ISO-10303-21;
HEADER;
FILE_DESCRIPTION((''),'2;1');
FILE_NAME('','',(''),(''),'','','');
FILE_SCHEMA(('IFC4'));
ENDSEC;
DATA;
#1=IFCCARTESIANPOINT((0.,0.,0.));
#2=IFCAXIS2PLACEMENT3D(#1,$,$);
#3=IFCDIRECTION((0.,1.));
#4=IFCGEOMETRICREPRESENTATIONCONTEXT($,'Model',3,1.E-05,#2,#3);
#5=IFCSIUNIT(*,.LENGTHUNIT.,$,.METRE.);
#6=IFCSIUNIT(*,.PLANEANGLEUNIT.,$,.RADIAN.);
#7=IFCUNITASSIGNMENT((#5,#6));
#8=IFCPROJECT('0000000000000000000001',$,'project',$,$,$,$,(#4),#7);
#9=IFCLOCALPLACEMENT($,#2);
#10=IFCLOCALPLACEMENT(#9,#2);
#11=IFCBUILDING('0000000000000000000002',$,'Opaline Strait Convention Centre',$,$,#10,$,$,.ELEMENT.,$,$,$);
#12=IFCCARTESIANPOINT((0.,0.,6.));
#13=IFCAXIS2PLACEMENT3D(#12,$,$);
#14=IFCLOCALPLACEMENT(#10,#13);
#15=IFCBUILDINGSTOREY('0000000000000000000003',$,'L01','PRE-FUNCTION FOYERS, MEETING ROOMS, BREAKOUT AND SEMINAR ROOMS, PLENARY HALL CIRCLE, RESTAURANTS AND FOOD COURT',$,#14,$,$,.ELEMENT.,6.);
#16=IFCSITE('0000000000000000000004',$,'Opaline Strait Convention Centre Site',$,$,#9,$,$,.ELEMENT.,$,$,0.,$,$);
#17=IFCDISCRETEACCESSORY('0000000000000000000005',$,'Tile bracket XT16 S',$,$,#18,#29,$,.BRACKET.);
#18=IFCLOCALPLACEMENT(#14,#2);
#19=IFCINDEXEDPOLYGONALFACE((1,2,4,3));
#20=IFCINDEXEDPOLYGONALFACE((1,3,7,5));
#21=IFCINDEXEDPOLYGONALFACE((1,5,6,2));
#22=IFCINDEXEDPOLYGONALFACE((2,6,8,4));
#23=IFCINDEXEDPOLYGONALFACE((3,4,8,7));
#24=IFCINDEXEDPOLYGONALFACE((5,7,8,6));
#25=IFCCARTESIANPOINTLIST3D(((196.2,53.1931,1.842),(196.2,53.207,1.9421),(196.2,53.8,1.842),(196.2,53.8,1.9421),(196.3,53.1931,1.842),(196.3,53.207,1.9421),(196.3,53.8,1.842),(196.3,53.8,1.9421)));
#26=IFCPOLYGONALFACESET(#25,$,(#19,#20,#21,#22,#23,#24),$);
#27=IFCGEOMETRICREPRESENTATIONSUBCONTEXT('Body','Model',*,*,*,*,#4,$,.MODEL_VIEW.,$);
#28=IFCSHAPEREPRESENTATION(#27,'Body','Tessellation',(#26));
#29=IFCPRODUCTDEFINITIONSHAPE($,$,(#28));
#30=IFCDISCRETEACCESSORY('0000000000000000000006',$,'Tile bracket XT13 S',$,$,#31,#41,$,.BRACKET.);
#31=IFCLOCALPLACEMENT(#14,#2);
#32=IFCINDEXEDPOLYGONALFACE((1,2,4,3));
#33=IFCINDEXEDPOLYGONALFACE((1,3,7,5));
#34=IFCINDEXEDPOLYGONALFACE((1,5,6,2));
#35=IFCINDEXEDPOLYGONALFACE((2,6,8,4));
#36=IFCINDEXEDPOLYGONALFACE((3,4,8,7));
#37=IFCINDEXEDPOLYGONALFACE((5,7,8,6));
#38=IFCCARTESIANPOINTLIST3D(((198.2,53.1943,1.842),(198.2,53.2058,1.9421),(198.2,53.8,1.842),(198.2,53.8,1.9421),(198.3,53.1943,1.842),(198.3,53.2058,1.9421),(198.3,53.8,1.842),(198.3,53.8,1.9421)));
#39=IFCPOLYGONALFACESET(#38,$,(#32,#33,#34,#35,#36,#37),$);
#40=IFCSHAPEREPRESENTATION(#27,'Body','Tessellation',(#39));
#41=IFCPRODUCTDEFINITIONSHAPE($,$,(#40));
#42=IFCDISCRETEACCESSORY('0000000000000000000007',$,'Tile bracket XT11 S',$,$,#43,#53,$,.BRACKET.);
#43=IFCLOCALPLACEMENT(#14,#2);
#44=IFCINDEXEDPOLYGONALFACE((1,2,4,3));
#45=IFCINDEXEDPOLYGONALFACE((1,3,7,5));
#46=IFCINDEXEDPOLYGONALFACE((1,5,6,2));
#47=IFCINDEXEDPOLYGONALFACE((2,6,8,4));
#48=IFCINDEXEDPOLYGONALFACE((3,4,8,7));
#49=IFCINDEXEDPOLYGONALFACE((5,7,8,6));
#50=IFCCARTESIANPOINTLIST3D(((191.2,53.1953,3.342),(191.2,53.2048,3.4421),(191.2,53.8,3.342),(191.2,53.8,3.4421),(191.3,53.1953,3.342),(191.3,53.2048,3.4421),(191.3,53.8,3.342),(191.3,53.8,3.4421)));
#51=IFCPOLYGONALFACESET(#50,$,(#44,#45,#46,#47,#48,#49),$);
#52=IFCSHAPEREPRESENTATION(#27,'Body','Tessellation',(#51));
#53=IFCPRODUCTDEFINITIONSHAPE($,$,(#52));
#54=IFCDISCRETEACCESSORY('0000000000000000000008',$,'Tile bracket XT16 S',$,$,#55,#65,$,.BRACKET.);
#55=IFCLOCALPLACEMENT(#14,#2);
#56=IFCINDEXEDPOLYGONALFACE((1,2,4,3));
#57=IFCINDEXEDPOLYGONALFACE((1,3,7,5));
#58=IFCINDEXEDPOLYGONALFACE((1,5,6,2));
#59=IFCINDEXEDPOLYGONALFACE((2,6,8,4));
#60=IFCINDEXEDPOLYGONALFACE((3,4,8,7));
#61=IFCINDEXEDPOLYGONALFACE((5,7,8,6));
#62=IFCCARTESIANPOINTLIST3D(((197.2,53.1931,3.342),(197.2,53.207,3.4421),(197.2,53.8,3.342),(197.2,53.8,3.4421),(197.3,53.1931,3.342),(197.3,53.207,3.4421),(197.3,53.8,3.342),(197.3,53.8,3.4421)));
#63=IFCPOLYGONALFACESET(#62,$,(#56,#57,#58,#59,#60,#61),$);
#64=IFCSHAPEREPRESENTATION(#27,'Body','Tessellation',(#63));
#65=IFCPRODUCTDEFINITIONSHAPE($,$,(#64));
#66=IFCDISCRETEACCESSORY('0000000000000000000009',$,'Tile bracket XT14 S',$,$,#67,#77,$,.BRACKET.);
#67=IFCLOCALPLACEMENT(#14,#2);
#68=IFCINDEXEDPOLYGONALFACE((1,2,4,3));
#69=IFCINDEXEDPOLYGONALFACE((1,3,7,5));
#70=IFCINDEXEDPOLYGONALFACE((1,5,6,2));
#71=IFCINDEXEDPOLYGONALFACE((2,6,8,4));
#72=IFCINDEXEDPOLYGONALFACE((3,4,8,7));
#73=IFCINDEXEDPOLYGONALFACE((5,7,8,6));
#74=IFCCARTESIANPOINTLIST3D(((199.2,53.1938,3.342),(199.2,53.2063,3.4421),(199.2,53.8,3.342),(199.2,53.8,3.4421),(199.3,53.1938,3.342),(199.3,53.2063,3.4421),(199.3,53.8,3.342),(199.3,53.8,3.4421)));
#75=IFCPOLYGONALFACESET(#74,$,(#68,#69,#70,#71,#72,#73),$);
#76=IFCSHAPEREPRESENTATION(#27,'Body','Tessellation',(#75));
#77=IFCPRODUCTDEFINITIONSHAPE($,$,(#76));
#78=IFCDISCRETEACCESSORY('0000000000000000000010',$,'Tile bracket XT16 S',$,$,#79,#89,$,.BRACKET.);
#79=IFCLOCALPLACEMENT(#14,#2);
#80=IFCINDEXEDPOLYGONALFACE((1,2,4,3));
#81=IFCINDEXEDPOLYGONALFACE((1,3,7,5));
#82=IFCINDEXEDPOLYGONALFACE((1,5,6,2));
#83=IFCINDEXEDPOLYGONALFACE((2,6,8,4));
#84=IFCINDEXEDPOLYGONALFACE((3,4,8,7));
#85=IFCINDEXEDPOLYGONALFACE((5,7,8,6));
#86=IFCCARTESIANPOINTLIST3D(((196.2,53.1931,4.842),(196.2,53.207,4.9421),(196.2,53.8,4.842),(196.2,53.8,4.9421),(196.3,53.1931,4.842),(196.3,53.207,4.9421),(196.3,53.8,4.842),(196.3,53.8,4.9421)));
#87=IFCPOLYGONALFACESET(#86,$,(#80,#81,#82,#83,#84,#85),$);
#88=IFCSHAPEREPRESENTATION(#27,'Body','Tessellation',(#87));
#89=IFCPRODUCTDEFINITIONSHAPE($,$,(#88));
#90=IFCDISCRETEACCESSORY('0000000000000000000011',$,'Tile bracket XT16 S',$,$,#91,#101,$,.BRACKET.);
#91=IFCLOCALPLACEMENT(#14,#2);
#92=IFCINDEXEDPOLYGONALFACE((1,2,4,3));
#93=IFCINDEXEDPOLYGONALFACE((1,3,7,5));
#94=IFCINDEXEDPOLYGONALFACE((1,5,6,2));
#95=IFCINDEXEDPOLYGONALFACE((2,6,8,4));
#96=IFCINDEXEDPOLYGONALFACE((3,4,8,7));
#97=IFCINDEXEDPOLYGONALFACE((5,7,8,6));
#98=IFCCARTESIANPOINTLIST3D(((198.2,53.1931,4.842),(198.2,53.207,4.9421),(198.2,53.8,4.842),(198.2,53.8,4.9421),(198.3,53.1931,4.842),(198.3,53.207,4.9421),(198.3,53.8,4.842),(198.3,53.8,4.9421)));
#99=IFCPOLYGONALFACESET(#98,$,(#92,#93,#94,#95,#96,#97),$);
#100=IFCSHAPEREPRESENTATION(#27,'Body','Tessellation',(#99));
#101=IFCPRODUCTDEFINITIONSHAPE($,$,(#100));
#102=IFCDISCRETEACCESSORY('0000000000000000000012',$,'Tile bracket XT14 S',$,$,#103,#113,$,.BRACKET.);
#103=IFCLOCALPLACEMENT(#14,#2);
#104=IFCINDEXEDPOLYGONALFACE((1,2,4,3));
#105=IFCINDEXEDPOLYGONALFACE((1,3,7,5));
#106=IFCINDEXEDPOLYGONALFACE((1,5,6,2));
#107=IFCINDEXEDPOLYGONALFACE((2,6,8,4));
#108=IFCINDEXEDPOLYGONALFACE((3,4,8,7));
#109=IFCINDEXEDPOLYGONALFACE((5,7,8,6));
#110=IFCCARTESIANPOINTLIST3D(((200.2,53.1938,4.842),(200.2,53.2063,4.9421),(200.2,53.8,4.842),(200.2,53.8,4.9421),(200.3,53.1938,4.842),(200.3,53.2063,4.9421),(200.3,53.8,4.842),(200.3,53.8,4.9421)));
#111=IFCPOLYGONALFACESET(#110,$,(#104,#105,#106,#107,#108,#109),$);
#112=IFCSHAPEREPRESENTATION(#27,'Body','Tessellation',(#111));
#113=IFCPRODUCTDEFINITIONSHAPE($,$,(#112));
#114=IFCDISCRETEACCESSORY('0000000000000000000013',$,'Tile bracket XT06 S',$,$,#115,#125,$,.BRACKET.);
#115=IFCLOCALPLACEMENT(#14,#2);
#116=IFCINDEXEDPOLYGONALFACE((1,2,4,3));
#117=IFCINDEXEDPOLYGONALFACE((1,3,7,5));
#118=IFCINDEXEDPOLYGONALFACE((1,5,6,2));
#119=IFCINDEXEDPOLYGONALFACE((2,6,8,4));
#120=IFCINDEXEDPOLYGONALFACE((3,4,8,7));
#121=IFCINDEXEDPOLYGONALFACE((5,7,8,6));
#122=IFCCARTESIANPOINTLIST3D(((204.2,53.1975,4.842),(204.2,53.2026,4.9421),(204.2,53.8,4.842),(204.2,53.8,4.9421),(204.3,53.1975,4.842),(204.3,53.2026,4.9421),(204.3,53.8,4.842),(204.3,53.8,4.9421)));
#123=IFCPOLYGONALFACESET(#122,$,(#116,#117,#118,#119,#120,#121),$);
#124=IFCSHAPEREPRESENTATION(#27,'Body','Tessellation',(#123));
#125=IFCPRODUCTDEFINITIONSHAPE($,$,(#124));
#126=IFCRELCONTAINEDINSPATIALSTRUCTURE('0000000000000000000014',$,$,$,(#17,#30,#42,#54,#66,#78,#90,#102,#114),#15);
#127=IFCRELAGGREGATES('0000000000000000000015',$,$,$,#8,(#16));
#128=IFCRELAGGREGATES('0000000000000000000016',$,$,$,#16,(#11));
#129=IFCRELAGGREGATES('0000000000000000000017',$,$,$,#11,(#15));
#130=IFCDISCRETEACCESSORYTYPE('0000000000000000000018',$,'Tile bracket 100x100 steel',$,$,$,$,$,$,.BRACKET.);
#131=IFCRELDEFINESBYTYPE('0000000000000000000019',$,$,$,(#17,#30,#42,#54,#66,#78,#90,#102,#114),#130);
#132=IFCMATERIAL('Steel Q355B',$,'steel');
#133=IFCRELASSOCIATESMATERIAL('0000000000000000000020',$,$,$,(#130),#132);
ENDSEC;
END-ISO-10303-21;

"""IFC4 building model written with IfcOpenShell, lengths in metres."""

from ifc_helpers import new_model, si_unit, direction, frame, origin, place, context, subcontext, project, spatial, polyline, outline, extrude, material, type_object, element, save


model = new_model("IFC4")

# Units and contexts
model_context = context("Model", 3, precision=1e-05, world=origin(), true_north=direction((0.0, 1.0)))
body_context = subcontext(model_context, "Body", "Model", "MODEL_VIEW")
ifc_project = project(units=[si_unit("LENGTHUNIT", "METRE"), si_unit("PLANEANGLEUNIT", "RADIAN")], contexts=[model_context])

# Site, building, storey
site_placement = place(None, origin())
site = spatial("IfcSite", under=ifc_project, at=site_placement, Name="Opaline Strait Convention Centre Site", CompositionType="ELEMENT", RefElevation=0.0)
building_placement = place(site_placement, origin())
building = spatial("IfcBuilding", under=site, at=building_placement, Name="Opaline Strait Convention Centre", CompositionType="ELEMENT")
storey_placement = place(building_placement, frame((0.0, 0.0, 6.0)))
storey = spatial("IfcBuildingStorey", under=building, at=storey_placement, Name="L01", Description="PRE-FUNCTION FOYERS, MEETING ROOMS, BREAKOUT AND SEMINAR ROOMS, PLENARY HALL CIRCLE, RESTAURANTS AND FOOD COURT", CompositionType="ELEMENT", Elevation=6.0)

# Shared definitions
ifc_material_1 = material(Name="Steel Q355B", Category="steel")

# Discrete accessories
discrete_accessory_type = type_object("IfcDiscreteAccessoryType", Name="Tile bracket 100x100 steel", PredefinedType="BRACKET", material=ifc_material_1)
discrete_accessory_1_placement = place(storey_placement, frame((196.2, 53.8, 1.8921), z_axis=(1.0, 0.0, 0.0), x_axis=(0.0, 1.0, 0.0)))
element("IfcDiscreteAccessory", 1, at=discrete_accessory_1_placement, inside=storey, type_object=discrete_accessory_type, Name="Tile bracket XT16 S", PredefinedType="BRACKET", context=body_context, shape_type="SweptSolid", body=[
    extrude(outline(polyline([(0.0, -0.05), (0.0, 0.05), (-0.593, 0.05), (-0.6069, -0.05), (0.0, -0.05)])), origin(), (0.0, 0.0, 1.0), 0.1001),
])
discrete_accessory_2_placement = place(storey_placement, frame((198.2, 53.8, 1.8921), z_axis=(1.0, 0.0, 0.0), x_axis=(0.0, 1.0, 0.0)))
element("IfcDiscreteAccessory", 2, at=discrete_accessory_2_placement, inside=storey, type_object=discrete_accessory_type, Name="Tile bracket XT13 S", PredefinedType="BRACKET", context=body_context, shape_type="SweptSolid", body=[
    extrude(outline(polyline([(0.0, -0.05), (0.0, 0.05), (-0.5942, 0.05), (-0.6057, -0.05), (0.0, -0.05)])), origin(), (0.0, 0.0, 1.0), 0.1001),
])
discrete_accessory_3_placement = place(storey_placement, frame((191.2, 53.8, 3.3921), z_axis=(1.0, 0.0, 0.0), x_axis=(0.0, 1.0, 0.0)))
element("IfcDiscreteAccessory", 3, at=discrete_accessory_3_placement, inside=storey, type_object=discrete_accessory_type, Name="Tile bracket XT11 S", PredefinedType="BRACKET", context=body_context, shape_type="SweptSolid", body=[
    extrude(outline(polyline([(0.0, -0.05), (0.0, 0.05), (-0.5952, 0.05), (-0.6047, -0.05), (0.0, -0.05)])), origin(), (0.0, 0.0, 1.0), 0.1001),
])
discrete_accessory_4_placement = place(storey_placement, frame((197.2, 53.8, 3.3921), z_axis=(1.0, 0.0, 0.0), x_axis=(0.0, 1.0, 0.0)))
element("IfcDiscreteAccessory", 4, at=discrete_accessory_4_placement, inside=storey, type_object=discrete_accessory_type, Name="Tile bracket XT16 S", PredefinedType="BRACKET", context=body_context, shape_type="SweptSolid", body=[
    extrude(outline(polyline([(0.0, -0.05), (0.0, 0.05), (-0.593, 0.05), (-0.6069, -0.05), (0.0, -0.05)])), origin(), (0.0, 0.0, 1.0), 0.1001),
])
discrete_accessory_5_placement = place(storey_placement, frame((199.2, 53.8, 3.3921), z_axis=(1.0, 0.0, 0.0), x_axis=(0.0, 1.0, 0.0)))
element("IfcDiscreteAccessory", 5, at=discrete_accessory_5_placement, inside=storey, type_object=discrete_accessory_type, Name="Tile bracket XT14 S", PredefinedType="BRACKET", context=body_context, shape_type="SweptSolid", body=[
    extrude(outline(polyline([(0.0, -0.05), (0.0, 0.05), (-0.5938, 0.05), (-0.6062, -0.05), (0.0, -0.05)])), origin(), (0.0, 0.0, 1.0), 0.1001),
])
for number, where, z_axis, x_axis, name in (
    (6, (196.2, 53.8, 4.8921), (1.0, 0.0, 0.0), (0.0, 1.0, 0.0), "Tile bracket XT16 S"),
    (7, (198.2, 53.8, 4.8921), (1.0, 0.0, 0.0), (0.0, 1.0, 0.0), "Tile bracket XT16 S"),
):
    element("IfcDiscreteAccessory", number, at=place(storey_placement, frame(where, z_axis=z_axis, x_axis=x_axis)), inside=storey, type_object=discrete_accessory_type, Name=name, PredefinedType="BRACKET", context=body_context, shape_type="SweptSolid", body=[
        extrude(outline(polyline([(0.0, -0.05), (0.0, 0.05), (-0.593, 0.05), (-0.6069, -0.05), (0.0, -0.05)])), origin(), (0.0, 0.0, 1.0), 0.1001),
    ])
discrete_accessory_6_placement = place(storey_placement, frame((200.2, 53.8, 4.8921), z_axis=(1.0, 0.0, 0.0), x_axis=(0.0, 1.0, 0.0)))
element("IfcDiscreteAccessory", 8, at=discrete_accessory_6_placement, inside=storey, type_object=discrete_accessory_type, Name="Tile bracket XT14 S", PredefinedType="BRACKET", context=body_context, shape_type="SweptSolid", body=[
    extrude(outline(polyline([(0.0, -0.05), (0.0, 0.05), (-0.5938, 0.05), (-0.6062, -0.05), (0.0, -0.05)])), origin(), (0.0, 0.0, 1.0), 0.1001),
])
discrete_accessory_7_placement = place(storey_placement, frame((204.2, 53.8, 4.8921), z_axis=(1.0, 0.0, 0.0), x_axis=(0.0, 1.0, 0.0)))
element("IfcDiscreteAccessory", 9, at=discrete_accessory_7_placement, inside=storey, type_object=discrete_accessory_type, Name="Tile bracket XT06 S", PredefinedType="BRACKET", context=body_context, shape_type="SweptSolid", body=[
    extrude(outline(polyline([(0.0, -0.05), (0.0, 0.05), (-0.5974, 0.05), (-0.6025, -0.05), (0.0, -0.05)])), origin(), (0.0, 0.0, 1.0), 0.1001),
])

save(model, "model.ifc")
